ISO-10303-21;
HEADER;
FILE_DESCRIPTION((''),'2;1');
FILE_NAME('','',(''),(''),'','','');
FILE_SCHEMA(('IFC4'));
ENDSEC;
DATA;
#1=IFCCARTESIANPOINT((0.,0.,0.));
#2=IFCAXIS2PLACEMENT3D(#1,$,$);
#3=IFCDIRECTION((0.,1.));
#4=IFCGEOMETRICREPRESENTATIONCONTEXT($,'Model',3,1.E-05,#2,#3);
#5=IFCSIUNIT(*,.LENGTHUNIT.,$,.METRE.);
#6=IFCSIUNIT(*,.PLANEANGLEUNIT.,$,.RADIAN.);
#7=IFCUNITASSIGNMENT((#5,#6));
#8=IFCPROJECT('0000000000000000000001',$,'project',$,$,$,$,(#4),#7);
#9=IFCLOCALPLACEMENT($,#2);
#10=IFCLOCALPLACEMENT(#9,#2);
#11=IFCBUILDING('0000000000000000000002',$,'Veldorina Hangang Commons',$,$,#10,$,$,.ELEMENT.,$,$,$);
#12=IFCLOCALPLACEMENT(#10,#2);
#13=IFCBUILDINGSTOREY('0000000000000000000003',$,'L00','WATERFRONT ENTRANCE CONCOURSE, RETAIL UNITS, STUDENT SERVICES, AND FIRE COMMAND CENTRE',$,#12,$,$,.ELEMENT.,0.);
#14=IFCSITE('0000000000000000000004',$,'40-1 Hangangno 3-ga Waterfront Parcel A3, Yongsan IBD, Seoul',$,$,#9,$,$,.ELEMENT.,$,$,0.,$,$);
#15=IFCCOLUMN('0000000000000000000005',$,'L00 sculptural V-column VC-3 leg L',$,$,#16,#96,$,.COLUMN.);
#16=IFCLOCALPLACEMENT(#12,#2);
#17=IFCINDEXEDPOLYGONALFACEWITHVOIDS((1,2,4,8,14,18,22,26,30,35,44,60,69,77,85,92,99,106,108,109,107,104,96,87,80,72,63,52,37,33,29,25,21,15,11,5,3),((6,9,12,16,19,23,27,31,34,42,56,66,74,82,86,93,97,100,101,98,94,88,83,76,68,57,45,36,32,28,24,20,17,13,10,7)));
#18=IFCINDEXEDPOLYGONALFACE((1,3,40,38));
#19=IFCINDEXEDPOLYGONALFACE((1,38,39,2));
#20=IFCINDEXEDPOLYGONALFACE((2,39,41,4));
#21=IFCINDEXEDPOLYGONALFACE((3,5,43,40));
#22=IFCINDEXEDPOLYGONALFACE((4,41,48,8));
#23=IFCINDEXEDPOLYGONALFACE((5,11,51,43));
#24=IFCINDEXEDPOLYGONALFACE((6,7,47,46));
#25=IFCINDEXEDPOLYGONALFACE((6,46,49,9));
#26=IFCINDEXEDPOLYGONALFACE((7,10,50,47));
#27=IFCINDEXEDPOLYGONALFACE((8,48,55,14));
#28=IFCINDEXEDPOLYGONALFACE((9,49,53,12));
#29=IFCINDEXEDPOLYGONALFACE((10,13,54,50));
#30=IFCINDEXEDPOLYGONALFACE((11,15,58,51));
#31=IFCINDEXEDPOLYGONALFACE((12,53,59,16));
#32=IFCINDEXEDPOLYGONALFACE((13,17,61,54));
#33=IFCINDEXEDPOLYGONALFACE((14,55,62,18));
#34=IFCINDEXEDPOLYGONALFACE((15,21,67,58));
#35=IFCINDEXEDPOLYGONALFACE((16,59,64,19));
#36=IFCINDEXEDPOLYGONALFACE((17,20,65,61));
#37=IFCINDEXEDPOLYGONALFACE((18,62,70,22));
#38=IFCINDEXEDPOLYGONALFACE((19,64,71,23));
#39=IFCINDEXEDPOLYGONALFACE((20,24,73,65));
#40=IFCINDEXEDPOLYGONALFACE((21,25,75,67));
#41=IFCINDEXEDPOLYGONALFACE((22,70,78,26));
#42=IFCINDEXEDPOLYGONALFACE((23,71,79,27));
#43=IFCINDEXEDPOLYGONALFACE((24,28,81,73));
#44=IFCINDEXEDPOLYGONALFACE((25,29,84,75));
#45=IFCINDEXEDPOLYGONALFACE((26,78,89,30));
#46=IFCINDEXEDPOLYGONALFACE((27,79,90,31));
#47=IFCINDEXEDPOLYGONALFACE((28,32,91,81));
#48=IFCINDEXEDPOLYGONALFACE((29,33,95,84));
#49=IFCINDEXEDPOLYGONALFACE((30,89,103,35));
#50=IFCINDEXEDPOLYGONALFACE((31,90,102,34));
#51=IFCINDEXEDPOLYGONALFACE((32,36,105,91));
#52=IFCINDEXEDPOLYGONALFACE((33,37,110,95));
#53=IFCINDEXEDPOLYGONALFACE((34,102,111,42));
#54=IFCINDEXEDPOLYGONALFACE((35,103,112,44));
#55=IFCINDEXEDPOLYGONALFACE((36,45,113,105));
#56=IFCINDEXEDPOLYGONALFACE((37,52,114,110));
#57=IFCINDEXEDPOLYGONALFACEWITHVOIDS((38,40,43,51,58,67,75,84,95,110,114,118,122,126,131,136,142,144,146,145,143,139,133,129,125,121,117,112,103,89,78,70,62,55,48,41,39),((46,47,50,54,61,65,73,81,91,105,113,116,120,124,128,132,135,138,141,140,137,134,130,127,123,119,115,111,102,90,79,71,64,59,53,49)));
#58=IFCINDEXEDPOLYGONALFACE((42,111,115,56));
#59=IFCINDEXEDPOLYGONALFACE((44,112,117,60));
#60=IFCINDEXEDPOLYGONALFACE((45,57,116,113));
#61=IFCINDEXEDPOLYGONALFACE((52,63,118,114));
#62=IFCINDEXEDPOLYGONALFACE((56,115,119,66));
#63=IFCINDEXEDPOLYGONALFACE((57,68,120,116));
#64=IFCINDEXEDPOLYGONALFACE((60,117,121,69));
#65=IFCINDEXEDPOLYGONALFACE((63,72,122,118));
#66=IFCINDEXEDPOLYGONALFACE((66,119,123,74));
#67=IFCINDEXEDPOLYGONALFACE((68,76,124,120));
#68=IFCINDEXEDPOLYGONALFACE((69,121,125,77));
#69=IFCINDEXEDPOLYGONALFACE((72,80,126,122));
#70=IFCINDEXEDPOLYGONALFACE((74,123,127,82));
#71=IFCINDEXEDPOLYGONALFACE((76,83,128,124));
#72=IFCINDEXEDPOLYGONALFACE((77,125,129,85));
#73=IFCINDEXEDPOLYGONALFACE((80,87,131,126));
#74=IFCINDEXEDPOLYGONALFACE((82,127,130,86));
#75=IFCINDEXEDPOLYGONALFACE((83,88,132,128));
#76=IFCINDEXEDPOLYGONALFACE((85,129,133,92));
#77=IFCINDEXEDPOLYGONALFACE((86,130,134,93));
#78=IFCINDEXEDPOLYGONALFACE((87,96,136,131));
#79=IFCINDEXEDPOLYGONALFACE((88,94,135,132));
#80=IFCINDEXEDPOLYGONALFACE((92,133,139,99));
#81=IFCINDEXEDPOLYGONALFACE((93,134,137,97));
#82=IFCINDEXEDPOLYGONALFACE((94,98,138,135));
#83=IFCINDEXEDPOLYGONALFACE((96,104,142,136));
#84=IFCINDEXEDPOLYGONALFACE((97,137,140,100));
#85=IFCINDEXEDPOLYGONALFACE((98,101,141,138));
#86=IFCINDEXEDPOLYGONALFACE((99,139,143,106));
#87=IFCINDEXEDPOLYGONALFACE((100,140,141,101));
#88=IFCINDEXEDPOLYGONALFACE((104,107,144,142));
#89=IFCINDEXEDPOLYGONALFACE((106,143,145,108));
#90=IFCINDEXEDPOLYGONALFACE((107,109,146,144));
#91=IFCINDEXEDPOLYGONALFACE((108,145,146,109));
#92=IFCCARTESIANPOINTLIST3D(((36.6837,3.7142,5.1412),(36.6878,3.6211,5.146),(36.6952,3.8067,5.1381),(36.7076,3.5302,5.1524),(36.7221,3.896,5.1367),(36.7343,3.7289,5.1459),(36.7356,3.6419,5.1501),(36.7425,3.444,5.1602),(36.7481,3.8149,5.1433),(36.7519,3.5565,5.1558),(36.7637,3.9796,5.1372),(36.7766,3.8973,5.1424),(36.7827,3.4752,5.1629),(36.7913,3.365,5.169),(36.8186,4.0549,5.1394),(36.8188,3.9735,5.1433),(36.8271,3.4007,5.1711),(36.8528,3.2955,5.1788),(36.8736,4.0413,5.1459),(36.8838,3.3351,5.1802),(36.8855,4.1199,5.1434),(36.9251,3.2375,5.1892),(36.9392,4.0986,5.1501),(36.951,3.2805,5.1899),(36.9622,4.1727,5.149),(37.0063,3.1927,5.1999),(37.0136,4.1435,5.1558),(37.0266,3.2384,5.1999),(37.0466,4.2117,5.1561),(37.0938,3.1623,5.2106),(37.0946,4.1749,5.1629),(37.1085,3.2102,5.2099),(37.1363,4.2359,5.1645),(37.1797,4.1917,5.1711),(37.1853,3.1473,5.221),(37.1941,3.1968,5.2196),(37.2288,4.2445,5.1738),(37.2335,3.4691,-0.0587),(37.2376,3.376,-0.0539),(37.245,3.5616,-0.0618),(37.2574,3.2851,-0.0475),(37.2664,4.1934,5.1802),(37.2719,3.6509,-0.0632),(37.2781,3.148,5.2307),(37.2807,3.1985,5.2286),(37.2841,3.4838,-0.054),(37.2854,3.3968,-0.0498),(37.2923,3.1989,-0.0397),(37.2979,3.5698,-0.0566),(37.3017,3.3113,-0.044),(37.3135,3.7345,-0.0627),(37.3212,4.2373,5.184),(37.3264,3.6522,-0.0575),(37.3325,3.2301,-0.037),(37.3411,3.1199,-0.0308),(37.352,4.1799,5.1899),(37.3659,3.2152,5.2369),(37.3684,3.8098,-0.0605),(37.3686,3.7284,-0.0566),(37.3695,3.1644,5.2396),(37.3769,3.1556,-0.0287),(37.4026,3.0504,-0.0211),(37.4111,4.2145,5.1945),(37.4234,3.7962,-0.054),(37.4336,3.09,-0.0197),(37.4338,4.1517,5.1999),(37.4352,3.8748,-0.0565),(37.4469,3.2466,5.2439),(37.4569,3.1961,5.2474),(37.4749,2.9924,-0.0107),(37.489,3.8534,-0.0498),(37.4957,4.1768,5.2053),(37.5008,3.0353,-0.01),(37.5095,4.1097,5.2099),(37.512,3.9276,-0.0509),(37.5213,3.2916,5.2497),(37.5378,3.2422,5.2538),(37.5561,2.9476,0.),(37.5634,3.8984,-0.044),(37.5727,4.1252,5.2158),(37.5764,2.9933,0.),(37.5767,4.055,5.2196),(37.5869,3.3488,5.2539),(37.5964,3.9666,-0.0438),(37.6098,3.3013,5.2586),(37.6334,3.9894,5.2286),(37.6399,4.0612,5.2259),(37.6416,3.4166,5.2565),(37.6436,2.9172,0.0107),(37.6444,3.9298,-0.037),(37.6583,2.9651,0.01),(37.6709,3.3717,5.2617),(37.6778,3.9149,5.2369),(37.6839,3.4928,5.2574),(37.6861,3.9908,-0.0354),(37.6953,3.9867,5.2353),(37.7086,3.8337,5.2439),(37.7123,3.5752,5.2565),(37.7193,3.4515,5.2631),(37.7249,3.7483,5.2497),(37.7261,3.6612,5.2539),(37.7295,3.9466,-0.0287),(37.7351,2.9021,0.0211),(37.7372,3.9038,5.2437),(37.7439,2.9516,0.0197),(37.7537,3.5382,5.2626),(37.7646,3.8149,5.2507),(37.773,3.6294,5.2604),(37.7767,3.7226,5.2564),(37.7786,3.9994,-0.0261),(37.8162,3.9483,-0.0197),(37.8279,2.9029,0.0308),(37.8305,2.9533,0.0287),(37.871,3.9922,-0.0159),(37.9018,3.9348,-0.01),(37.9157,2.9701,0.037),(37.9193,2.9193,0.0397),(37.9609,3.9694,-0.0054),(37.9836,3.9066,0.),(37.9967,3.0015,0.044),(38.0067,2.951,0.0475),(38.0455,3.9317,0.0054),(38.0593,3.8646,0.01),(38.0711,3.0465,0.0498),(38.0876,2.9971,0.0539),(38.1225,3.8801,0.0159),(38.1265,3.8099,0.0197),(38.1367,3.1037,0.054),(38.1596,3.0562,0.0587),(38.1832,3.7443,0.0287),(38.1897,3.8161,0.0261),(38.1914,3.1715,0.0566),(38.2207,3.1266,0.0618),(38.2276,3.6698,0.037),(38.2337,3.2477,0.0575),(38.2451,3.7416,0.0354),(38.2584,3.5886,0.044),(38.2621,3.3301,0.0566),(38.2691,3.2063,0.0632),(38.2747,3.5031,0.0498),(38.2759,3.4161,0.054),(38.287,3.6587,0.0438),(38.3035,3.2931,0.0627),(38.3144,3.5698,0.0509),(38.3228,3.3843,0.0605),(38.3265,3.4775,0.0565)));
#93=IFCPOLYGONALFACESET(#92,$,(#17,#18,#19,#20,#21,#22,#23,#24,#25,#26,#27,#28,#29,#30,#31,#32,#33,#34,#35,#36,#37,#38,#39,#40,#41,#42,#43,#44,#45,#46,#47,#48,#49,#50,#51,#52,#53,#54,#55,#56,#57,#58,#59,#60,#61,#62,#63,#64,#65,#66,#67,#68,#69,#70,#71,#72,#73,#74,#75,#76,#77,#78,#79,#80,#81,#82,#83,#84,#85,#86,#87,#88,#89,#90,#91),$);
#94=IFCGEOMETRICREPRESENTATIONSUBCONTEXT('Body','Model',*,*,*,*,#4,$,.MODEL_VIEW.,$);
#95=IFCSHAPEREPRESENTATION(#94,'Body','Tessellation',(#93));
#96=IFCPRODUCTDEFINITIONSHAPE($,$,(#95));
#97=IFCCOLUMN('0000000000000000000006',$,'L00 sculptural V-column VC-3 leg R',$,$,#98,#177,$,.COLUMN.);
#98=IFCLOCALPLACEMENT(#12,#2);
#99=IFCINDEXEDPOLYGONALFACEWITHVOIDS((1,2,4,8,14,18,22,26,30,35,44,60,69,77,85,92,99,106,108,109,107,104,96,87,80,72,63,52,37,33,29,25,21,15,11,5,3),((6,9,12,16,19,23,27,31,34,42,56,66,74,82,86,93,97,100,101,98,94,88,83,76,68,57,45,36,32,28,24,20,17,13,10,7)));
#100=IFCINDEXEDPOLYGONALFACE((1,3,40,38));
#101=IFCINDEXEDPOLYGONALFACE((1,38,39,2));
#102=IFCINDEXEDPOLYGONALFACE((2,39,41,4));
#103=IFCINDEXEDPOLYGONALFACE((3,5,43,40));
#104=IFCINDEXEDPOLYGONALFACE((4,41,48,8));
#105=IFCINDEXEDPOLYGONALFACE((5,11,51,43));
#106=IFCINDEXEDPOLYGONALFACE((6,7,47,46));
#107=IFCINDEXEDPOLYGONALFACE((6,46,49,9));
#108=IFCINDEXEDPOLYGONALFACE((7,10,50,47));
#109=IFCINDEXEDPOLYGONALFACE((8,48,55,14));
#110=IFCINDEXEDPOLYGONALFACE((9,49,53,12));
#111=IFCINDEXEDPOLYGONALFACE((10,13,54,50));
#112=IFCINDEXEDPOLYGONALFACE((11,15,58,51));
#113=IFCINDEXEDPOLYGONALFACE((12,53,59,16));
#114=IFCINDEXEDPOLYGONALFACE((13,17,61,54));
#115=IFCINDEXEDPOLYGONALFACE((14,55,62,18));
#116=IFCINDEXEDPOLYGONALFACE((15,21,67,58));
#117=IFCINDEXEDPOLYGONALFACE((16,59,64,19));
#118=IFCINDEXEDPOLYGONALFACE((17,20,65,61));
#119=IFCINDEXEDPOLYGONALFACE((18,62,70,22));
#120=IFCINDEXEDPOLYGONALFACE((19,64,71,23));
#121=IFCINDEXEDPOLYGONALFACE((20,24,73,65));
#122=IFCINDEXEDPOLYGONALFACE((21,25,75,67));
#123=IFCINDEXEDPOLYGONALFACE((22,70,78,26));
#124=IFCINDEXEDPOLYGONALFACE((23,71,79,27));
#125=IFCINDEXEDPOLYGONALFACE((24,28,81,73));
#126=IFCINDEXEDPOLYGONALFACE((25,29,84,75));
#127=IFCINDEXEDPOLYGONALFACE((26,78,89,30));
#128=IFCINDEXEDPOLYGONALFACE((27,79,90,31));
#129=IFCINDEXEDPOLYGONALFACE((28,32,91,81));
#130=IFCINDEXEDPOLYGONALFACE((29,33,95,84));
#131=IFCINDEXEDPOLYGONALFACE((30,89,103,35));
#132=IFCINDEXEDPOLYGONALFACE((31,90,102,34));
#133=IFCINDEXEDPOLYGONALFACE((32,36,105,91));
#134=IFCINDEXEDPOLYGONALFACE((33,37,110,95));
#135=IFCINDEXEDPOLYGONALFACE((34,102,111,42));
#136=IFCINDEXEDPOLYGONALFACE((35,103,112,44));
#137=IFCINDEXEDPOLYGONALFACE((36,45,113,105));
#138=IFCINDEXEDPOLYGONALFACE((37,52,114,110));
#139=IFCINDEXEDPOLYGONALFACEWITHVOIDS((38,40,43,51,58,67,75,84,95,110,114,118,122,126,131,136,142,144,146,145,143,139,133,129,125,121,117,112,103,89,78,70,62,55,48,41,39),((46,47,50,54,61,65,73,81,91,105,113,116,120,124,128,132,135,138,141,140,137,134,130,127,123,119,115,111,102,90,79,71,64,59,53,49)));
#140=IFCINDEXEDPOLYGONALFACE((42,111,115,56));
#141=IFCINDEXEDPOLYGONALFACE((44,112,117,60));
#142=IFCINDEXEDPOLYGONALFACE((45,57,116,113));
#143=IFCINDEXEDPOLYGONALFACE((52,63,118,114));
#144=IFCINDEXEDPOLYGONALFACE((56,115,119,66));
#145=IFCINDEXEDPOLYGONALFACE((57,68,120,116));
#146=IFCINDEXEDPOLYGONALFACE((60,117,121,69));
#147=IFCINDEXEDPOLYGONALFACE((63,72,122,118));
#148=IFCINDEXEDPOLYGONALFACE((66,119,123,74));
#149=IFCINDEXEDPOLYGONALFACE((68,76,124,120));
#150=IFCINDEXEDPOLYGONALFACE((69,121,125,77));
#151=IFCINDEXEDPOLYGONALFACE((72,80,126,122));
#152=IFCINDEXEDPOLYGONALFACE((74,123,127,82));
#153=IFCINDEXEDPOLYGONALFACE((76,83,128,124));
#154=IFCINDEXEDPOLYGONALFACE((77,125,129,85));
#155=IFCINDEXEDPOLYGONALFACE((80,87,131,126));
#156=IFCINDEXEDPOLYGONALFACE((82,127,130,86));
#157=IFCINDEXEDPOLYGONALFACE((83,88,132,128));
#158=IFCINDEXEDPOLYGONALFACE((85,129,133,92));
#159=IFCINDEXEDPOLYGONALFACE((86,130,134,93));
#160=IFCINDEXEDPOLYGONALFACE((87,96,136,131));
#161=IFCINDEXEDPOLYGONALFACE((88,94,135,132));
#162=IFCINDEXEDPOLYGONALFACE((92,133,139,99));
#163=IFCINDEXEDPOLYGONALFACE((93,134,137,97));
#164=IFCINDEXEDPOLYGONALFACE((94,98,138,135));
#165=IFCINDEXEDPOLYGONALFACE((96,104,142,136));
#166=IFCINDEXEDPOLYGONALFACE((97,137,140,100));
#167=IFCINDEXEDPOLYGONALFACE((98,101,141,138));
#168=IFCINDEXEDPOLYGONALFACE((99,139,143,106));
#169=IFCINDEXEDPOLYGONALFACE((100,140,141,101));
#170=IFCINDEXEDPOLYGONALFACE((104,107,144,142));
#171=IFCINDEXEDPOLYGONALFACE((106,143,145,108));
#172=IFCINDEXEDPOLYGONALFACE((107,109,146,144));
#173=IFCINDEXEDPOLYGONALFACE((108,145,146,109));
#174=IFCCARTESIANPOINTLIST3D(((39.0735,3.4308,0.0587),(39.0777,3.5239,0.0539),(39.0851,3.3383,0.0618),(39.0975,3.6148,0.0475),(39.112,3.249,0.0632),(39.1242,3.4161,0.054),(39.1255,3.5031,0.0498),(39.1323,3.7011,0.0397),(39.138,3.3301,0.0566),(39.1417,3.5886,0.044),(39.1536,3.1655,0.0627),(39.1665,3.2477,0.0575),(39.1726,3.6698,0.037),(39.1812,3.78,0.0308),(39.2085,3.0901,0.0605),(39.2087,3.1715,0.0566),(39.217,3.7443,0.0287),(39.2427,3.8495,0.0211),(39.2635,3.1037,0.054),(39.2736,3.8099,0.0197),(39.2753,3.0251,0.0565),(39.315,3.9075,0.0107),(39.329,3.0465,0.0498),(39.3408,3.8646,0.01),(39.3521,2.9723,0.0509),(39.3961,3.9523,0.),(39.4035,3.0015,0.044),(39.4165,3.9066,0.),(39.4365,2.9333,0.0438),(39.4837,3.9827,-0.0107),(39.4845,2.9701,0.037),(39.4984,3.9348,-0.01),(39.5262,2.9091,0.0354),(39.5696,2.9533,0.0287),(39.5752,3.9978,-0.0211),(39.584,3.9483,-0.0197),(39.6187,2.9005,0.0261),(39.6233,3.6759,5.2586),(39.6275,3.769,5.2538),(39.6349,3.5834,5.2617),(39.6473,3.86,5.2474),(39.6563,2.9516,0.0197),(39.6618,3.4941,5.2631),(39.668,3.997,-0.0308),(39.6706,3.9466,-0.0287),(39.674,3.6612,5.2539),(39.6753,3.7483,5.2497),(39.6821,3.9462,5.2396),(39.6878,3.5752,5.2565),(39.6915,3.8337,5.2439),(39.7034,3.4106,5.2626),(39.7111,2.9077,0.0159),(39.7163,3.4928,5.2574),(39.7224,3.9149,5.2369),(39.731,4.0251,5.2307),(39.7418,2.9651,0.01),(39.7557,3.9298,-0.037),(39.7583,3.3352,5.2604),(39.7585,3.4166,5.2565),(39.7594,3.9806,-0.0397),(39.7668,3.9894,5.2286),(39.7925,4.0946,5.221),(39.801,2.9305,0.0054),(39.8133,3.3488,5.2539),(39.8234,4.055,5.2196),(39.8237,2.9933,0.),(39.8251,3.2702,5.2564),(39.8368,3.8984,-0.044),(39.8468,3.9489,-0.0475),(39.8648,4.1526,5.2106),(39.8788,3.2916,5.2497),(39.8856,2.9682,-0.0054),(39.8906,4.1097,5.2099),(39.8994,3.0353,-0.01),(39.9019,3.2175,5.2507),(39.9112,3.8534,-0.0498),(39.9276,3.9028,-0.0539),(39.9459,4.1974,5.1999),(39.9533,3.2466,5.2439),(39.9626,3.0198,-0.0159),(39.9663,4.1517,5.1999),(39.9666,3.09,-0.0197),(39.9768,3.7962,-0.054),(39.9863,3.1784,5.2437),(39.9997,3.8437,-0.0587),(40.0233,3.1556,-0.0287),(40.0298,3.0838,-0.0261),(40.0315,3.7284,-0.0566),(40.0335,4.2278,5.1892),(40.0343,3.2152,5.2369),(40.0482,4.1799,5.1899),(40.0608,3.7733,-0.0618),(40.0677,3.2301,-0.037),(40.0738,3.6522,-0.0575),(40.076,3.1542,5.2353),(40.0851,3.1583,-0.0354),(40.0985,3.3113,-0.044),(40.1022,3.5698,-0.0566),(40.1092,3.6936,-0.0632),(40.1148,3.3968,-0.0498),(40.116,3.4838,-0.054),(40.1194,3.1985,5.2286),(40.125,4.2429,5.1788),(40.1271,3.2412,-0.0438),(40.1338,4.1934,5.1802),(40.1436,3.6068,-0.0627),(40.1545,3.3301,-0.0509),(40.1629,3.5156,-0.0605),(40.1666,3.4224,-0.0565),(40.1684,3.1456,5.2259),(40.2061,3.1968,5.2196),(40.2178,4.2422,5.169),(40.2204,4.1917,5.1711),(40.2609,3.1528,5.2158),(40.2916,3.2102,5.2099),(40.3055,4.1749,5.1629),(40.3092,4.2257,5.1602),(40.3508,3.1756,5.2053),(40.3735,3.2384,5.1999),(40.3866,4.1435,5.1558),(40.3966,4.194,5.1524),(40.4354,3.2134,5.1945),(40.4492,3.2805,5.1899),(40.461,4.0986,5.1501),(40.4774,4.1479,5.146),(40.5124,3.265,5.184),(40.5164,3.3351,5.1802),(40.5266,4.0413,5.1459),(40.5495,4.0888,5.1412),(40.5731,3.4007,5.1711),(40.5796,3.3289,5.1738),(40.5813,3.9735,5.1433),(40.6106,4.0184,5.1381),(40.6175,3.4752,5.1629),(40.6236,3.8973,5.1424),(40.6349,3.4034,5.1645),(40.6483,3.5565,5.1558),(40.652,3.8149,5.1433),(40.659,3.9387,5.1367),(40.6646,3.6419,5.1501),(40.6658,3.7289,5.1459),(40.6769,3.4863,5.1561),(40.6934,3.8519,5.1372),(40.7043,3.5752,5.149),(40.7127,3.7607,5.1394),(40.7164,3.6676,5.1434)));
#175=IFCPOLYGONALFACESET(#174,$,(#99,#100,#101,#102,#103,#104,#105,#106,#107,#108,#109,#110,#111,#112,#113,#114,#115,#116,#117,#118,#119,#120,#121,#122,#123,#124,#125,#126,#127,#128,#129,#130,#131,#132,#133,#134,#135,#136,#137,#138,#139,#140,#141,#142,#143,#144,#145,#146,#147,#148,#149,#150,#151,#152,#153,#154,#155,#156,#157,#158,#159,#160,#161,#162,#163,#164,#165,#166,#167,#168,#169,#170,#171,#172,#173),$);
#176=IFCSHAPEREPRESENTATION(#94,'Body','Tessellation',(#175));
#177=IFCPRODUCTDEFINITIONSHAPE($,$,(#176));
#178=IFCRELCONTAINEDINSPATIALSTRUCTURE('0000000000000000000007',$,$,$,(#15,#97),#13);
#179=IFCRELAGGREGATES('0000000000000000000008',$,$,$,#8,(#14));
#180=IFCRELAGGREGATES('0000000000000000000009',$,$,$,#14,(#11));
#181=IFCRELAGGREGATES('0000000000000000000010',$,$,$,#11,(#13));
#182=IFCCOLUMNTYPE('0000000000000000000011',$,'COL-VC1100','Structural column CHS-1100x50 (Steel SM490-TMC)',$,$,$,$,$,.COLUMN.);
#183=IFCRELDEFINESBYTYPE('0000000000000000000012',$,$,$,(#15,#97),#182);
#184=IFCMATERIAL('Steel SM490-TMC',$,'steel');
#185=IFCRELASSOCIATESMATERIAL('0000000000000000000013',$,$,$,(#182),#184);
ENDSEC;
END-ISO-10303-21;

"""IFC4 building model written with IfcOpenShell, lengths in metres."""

from ifc_helpers import new_model, si_unit, direction, frame, origin, origin_2d, place, context, subcontext, project, spatial, hollow_circle, extrude, material, material_profile, profile_set, type_object, element, save


model = new_model("IFC4")

# Units and contexts
model_context = context("Model", 3, precision=1e-05, world=origin(), true_north=direction((0.0, 1.0)))
body_context = subcontext(model_context, "Body", "Model", "MODEL_VIEW")
ifc_project = project(units=[si_unit("LENGTHUNIT", "METRE"), si_unit("PLANEANGLEUNIT", "RADIAN")], contexts=[model_context])

# Site, building, storey
site_placement = place(None, origin())
site = spatial("IfcSite", under=ifc_project, at=site_placement, Name="40-1 Hangangno 3-ga Waterfront Parcel A3, Yongsan IBD, Seoul", CompositionType="ELEMENT", RefElevation=0.0)
building_placement = place(site_placement, origin())
building = spatial("IfcBuilding", under=site, at=building_placement, Name="Veldorina Hangang Commons", CompositionType="ELEMENT")
storey_placement = place(building_placement, origin())
storey = spatial("IfcBuildingStorey", under=building, at=storey_placement, Name="L00", Description="WATERFRONT ENTRANCE CONCOURSE, RETAIL UNITS, STUDENT SERVICES, AND FIRE COMMAND CENTRE", CompositionType="ELEMENT", Elevation=0.0)

# Columns
ifc_material_1 = material(Name="Steel SM490-TMC", Category="steel")
ifc_material_profile_1 = material_profile(ifc_material_1, hollow_circle(Radius=0.55, WallThickness=0.05, at=origin_2d()), Name="CHS-1100x50")
ifc_profile_set_1 = profile_set([ifc_material_profile_1], Name="Steel SM490-TMC")
column_type = type_object("IfcColumnType", Name="COL-VC1100", Description="Structural column CHS-1100x50 (Steel SM490-TMC)", PredefinedType="COLUMN", material=ifc_profile_set_1)
for number, where, z_axis, x_axis, name in (
    (1, (37.78, 3.45, 0.0), (-0.105031, 0.046826, 0.993366), (-0.407192, -0.913343, 0.0), "L00 sculptural V-column VC-3 leg L"),
    (2, (39.6201, 3.45, 0.0), (0.105031, 0.046826, 0.993366), (-0.407192, 0.913343, 0.0), "L00 sculptural V-column VC-3 leg R"),
):
    element("IfcColumn", number, at=place(storey_placement, frame(where, z_axis=z_axis, x_axis=x_axis)), inside=storey, type_object=column_type, Name=name, PredefinedType="COLUMN", context=body_context, shape_type="SweptSolid", body=[
        extrude(hollow_circle(Radius=0.55, WallThickness=0.05, at=origin_2d()), origin(), (0.0, 0.0, 1.0), 5.2346),
    ])

save(model, "model.ifc")
